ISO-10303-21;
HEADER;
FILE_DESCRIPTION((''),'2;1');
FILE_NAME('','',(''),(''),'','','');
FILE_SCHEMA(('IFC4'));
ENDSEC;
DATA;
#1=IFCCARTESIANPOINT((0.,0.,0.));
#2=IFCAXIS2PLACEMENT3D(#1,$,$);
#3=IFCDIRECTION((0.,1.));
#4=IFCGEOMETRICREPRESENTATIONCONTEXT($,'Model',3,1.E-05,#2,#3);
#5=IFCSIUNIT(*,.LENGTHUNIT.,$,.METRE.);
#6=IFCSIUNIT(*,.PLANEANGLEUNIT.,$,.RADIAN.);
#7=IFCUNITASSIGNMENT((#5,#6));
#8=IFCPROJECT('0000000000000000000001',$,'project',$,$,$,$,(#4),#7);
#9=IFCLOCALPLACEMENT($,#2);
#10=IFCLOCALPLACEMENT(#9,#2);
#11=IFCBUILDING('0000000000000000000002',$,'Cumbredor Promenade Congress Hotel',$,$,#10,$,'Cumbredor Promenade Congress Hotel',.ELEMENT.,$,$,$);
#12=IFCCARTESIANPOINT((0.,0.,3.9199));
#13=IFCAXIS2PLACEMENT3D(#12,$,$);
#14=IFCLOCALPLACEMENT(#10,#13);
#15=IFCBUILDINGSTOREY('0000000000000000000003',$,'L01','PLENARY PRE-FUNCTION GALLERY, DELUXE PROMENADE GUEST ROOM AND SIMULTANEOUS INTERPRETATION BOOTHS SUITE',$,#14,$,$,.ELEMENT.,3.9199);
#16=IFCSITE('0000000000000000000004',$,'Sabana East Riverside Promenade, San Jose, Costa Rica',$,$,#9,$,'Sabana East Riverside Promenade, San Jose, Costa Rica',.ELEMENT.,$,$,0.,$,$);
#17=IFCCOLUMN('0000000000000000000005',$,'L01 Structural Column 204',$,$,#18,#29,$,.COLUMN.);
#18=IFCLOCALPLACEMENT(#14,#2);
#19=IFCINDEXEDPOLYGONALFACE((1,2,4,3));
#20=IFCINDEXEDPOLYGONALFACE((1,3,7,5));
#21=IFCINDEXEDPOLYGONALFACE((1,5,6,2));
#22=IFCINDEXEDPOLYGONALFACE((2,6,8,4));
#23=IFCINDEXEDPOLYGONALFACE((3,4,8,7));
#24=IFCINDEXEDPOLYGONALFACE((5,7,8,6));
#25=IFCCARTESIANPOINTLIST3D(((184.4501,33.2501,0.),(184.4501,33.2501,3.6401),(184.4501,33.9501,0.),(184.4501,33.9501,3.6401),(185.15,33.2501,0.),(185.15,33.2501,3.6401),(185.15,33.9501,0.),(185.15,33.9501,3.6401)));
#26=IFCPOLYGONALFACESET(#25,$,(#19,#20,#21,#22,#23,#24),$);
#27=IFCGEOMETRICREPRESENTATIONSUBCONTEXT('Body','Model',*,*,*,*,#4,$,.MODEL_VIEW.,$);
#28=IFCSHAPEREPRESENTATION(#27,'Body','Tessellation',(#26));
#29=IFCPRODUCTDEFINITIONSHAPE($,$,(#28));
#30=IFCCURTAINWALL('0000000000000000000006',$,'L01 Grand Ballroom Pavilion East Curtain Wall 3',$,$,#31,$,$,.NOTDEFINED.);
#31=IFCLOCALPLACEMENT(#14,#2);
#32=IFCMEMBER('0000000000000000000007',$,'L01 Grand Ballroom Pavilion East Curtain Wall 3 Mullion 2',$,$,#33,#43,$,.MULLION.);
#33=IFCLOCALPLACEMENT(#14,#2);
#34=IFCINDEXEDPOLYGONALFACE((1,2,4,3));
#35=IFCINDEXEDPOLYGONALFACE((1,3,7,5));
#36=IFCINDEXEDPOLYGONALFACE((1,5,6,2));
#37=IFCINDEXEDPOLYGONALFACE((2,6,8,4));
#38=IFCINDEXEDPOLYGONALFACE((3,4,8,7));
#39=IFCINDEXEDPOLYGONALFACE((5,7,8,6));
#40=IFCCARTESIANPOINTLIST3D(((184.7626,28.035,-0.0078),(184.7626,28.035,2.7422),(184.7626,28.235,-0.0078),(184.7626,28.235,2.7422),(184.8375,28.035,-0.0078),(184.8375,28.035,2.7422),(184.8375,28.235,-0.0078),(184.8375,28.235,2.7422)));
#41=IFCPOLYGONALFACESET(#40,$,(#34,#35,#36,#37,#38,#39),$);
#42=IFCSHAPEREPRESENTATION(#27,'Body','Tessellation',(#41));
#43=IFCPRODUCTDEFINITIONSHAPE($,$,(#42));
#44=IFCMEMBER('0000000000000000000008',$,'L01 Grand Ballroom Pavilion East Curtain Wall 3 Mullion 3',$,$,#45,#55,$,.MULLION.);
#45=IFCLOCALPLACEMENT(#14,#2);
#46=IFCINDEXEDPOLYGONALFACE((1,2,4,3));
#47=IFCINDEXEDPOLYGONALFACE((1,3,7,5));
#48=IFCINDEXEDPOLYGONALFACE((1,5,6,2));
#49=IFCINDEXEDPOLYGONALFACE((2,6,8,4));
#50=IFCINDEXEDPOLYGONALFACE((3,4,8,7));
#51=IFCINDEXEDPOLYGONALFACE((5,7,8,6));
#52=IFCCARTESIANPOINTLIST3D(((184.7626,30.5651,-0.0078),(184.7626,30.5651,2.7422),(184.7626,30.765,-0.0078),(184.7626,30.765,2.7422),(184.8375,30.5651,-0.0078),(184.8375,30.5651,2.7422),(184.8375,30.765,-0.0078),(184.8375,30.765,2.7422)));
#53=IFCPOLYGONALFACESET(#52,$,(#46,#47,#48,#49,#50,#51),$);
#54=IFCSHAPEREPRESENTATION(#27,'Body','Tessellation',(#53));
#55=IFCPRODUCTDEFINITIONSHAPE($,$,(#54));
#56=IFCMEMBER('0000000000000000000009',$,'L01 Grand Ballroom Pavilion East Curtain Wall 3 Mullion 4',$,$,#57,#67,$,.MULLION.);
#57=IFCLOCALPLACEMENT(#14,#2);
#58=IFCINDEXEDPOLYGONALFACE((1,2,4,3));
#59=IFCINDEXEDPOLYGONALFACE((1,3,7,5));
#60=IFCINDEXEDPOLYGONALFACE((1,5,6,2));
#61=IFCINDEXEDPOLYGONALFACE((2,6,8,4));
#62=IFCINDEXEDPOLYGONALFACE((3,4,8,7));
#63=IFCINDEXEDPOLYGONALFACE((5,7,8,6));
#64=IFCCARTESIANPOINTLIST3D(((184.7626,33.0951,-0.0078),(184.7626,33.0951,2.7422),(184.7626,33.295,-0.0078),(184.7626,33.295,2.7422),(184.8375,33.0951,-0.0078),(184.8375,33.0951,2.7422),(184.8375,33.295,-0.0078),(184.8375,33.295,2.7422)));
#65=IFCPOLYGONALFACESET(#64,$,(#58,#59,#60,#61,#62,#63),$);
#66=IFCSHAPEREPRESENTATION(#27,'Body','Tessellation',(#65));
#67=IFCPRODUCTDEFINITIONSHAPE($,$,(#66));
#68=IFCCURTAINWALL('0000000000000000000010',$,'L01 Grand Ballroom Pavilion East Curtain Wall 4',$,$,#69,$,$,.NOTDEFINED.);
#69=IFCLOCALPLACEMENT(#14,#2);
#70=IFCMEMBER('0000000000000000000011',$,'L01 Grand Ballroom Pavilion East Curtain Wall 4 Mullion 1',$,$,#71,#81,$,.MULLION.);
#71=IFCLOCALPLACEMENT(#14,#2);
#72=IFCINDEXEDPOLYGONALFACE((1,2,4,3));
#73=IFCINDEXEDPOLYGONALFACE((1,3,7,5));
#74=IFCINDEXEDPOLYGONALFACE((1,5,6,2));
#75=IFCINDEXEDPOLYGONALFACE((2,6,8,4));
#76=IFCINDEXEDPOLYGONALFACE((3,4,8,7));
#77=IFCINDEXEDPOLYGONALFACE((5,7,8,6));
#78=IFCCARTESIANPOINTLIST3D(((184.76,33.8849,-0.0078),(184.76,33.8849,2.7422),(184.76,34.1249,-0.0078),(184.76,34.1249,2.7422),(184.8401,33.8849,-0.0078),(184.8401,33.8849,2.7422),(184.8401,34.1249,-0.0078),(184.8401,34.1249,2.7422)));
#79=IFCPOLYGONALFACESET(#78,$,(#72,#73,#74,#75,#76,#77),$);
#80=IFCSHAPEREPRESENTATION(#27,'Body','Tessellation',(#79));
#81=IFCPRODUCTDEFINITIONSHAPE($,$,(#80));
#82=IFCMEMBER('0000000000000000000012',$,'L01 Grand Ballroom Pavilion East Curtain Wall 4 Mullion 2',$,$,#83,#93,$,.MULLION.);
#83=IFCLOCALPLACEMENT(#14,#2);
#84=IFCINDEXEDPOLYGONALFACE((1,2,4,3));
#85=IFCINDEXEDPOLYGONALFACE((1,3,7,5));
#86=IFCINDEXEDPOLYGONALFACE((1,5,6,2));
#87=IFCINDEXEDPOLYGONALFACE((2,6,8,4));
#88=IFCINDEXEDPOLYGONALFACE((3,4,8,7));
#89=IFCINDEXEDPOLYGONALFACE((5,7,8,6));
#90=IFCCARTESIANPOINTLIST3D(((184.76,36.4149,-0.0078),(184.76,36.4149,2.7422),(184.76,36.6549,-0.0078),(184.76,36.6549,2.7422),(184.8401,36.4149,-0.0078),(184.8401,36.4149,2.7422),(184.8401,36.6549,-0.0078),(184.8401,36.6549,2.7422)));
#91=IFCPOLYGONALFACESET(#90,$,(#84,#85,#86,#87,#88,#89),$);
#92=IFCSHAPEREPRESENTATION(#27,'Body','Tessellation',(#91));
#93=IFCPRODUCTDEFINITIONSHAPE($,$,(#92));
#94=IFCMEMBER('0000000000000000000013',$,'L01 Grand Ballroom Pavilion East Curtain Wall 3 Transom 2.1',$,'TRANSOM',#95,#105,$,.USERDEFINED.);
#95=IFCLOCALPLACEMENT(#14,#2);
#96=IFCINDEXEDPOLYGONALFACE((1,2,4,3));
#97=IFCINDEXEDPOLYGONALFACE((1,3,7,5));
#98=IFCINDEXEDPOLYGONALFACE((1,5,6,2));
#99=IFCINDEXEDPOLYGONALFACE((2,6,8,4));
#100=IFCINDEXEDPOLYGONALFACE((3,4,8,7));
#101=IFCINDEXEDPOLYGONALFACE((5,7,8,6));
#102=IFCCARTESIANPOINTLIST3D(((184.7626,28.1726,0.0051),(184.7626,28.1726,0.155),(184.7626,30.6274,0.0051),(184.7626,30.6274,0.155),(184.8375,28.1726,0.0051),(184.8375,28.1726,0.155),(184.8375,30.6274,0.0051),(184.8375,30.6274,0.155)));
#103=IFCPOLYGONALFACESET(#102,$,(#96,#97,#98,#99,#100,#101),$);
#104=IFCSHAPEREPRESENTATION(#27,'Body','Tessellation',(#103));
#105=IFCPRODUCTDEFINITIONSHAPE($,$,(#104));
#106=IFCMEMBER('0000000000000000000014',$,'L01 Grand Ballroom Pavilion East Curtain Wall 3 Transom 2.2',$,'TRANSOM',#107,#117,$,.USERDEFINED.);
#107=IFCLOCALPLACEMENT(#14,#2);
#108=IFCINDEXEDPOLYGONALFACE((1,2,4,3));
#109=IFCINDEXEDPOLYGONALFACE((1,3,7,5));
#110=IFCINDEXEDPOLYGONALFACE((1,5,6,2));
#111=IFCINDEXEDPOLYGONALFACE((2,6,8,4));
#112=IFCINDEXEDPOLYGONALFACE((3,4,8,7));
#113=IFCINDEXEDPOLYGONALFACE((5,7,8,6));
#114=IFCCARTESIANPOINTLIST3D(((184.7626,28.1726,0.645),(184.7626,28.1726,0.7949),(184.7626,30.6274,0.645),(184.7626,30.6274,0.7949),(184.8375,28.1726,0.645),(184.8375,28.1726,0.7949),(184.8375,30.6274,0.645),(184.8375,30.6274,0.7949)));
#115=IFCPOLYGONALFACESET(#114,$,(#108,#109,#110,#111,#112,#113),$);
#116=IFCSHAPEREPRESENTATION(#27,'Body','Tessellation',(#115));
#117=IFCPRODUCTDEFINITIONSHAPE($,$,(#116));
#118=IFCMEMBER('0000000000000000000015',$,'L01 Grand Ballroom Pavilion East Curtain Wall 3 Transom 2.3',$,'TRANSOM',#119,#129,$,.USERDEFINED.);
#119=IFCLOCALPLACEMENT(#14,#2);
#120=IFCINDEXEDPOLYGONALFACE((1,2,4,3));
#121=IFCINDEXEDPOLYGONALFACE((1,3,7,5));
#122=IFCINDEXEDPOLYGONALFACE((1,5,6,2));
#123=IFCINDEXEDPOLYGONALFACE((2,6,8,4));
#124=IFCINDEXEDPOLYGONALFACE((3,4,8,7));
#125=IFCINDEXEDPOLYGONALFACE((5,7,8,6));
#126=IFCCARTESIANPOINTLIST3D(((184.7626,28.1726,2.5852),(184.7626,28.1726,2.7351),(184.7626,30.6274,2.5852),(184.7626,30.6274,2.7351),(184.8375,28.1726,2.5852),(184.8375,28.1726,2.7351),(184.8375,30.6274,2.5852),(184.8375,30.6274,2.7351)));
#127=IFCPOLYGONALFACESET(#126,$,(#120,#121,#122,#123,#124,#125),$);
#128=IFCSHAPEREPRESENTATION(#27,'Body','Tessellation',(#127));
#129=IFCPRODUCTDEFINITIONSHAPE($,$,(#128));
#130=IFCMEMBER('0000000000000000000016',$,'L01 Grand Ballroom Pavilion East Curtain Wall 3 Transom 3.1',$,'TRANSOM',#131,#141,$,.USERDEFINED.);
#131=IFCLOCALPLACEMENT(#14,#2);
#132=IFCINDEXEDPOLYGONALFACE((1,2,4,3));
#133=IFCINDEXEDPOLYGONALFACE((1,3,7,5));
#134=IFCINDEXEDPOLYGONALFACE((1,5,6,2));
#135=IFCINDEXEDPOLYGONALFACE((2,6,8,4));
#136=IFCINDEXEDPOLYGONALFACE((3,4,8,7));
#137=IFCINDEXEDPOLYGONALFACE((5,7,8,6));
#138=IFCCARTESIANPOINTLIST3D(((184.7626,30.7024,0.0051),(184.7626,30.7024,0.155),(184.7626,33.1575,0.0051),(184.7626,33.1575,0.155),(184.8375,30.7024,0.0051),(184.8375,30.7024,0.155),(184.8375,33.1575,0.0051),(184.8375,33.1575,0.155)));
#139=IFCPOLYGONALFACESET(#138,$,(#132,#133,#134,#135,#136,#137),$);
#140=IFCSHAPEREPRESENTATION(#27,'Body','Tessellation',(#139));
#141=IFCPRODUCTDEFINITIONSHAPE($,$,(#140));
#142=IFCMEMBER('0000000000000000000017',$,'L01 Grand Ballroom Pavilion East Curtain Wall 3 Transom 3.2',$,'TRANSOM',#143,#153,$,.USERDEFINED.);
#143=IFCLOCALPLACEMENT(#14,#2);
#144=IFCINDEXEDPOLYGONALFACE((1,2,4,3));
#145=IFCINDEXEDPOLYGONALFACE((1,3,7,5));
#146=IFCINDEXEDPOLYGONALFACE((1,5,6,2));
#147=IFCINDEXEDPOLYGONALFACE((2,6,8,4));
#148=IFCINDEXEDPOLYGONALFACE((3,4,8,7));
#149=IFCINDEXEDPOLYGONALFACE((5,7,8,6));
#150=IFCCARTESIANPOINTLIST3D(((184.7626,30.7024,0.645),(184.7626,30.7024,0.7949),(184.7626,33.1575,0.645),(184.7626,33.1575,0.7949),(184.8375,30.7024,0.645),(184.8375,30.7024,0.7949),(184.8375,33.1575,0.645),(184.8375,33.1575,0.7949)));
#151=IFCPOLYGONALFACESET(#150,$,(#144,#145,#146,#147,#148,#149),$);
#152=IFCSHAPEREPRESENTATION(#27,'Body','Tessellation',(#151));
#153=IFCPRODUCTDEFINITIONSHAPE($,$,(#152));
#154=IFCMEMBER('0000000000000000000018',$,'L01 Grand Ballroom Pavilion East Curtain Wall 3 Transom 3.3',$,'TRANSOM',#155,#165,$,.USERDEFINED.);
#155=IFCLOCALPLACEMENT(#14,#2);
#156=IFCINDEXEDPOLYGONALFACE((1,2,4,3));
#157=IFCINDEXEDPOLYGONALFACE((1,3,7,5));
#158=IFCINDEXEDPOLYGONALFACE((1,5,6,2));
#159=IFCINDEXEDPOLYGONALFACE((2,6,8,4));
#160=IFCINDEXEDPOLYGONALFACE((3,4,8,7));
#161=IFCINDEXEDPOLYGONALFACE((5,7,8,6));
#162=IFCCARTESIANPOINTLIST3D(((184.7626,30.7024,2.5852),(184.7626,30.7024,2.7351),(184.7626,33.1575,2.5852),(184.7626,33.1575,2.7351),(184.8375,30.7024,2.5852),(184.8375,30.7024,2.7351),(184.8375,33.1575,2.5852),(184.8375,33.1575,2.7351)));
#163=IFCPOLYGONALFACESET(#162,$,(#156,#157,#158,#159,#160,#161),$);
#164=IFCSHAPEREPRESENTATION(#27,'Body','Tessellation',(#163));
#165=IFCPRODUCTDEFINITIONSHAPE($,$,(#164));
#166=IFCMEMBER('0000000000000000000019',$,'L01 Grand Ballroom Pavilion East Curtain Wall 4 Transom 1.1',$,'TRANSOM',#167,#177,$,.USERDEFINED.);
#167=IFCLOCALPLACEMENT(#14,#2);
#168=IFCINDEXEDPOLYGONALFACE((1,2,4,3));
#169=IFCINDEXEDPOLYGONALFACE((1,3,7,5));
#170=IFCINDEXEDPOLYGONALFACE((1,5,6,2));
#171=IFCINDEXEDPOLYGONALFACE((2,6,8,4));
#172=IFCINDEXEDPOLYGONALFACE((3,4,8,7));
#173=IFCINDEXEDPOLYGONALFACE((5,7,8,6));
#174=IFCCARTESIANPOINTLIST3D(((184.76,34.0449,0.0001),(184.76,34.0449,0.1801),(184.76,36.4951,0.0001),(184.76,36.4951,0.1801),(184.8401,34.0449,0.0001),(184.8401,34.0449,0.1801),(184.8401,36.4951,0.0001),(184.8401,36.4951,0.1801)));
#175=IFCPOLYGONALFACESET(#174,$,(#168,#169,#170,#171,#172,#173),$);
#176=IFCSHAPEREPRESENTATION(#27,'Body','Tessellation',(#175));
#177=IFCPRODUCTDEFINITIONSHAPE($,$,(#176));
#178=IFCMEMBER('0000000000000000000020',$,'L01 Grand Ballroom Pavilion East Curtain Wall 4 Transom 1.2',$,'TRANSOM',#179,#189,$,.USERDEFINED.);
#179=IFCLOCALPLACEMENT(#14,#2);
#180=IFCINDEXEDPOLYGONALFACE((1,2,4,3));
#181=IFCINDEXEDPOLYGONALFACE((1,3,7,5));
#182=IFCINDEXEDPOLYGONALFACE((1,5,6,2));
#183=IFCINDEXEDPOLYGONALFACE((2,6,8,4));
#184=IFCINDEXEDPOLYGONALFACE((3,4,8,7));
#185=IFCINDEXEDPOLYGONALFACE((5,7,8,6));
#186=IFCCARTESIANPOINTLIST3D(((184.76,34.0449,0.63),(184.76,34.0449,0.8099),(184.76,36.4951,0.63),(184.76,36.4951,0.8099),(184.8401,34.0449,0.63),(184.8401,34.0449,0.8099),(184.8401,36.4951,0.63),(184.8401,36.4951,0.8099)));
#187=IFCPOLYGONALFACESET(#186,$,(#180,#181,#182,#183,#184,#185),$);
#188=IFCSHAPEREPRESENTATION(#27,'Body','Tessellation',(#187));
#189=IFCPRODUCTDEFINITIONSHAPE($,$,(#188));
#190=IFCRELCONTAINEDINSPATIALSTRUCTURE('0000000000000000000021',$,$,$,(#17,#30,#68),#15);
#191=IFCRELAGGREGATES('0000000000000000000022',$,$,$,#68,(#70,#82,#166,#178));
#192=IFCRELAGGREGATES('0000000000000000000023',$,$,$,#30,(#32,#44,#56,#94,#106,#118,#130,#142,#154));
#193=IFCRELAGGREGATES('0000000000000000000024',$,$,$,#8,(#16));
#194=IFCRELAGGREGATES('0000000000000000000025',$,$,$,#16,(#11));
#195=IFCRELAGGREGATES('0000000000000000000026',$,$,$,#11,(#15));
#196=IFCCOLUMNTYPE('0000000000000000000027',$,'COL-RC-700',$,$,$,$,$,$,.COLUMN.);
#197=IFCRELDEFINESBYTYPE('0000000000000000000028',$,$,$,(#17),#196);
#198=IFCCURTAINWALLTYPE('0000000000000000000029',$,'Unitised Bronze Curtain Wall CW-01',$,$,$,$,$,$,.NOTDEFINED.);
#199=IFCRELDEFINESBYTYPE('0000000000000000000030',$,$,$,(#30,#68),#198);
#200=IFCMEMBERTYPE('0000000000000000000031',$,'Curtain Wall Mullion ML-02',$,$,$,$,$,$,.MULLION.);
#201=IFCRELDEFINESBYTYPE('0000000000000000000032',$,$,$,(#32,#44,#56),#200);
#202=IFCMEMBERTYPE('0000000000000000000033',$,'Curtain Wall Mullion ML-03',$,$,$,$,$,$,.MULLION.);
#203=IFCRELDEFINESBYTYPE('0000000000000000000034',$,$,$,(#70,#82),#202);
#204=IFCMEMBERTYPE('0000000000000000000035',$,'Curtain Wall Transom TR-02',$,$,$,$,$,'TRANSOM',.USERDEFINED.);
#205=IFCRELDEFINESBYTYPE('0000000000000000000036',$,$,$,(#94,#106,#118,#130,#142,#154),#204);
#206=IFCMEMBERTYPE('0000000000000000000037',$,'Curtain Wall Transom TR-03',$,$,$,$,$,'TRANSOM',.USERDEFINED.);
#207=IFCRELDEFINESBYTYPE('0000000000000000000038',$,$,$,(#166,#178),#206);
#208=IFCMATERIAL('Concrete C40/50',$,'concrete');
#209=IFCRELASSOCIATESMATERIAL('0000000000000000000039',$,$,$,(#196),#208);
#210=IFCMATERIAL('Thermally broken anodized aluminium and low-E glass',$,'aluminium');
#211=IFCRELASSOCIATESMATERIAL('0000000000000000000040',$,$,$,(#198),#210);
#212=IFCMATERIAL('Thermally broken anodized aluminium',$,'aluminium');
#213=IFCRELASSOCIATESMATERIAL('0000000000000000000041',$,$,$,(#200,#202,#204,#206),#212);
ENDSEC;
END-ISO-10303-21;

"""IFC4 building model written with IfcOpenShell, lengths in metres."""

from ifc_helpers import new_model, si_unit, direction, frame, origin, origin_2d, place, context, subcontext, project, spatial, rectangle, extrude, material, material_profile, profile_set, type_object, element, aggregate, save


model = new_model("IFC4")

# Units and contexts
model_context = context("Model", 3, precision=1e-05, world=origin(), true_north=direction((0.0, 1.0)))
body_context = subcontext(model_context, "Body", "Model", "MODEL_VIEW")
ifc_project = project(units=[si_unit("LENGTHUNIT", "METRE"), si_unit("PLANEANGLEUNIT", "RADIAN")], contexts=[model_context])

# Site, building, storey
site_placement = place(None, origin())
site = spatial("IfcSite", under=ifc_project, at=site_placement, Name="Sabana East Riverside Promenade, San Jose, Costa Rica", LongName="Sabana East Riverside Promenade, San Jose, Costa Rica", CompositionType="ELEMENT", RefElevation=0.0)
building_placement = place(site_placement, origin())
building = spatial("IfcBuilding", under=site, at=building_placement, Name="Cumbredor Promenade Congress Hotel", LongName="Cumbredor Promenade Congress Hotel", CompositionType="ELEMENT")
storey_placement = place(building_placement, frame((0.0, 0.0, 3.9199)))
storey = spatial("IfcBuildingStorey", under=building, at=storey_placement, Name="L01", Description="PLENARY PRE-FUNCTION GALLERY, DELUXE PROMENADE GUEST ROOM AND SIMULTANEOUS INTERPRETATION BOOTHS SUITE", CompositionType="ELEMENT", Elevation=3.9199)

# Column
ifc_material_1 = material(Name="Concrete C40/50", Category="concrete")
ifc_material_profile_1 = material_profile(ifc_material_1, rectangle(XDim=0.7, YDim=0.7, at=origin_2d()), Name="RC 700x700")
ifc_profile_set_1 = profile_set([ifc_material_profile_1], Name="Concrete C40/50")
column_type = type_object("IfcColumnType", Name="COL-RC-700", PredefinedType="COLUMN", material=ifc_profile_set_1)
column_placement = place(storey_placement, frame((184.8, 33.6001, 0.0), z_axis=(0.0, 0.0, 1.0), x_axis=(1.0, 0.0, 0.0)))
element("IfcColumn", 1, at=column_placement, inside=storey, type_object=column_type, Name="L01 Structural Column 204", PredefinedType="COLUMN", context=body_context, shape_type="SweptSolid", body=[
    extrude(rectangle(XDim=0.7, YDim=0.7, at=origin_2d()), origin(), (0.0, 0.0, 1.0), 3.6401),
])

# Curtain walls, members
ifc_material_2 = material(Name="Thermally broken anodized aluminium and low-E glass", Category="aluminium")
curtain_wall_type = type_object("IfcCurtainWallType", Name="Unitised Bronze Curtain Wall CW-01", PredefinedType="NOTDEFINED", material=ifc_material_2)
curtain_wall_1_placement = place(storey_placement, origin())
curtain_wall_1 = element("IfcCurtainWall", 2, at=curtain_wall_1_placement, inside=storey, type_object=curtain_wall_type, Name="L01 Grand Ballroom Pavilion East Curtain Wall 3", PredefinedType="NOTDEFINED")
ifc_material_3 = material(Name="Thermally broken anodized aluminium", Category="aluminium")
ifc_material_profile_2 = material_profile(ifc_material_3, rectangle(XDim=0.075, YDim=0.2, at=origin_2d()), Name="ALU MULLION 75x200")
ifc_profile_set_2 = profile_set([ifc_material_profile_2], Name="Thermally broken anodized aluminium")
member_type_1 = type_object("IfcMemberType", Name="Curtain Wall Mullion ML-02", PredefinedType="MULLION", material=ifc_profile_set_2)
member_1_placement = place(storey_placement, frame((184.8, 28.135, -0.0078), z_axis=(0.0, 0.0, 1.0), x_axis=(1.0, 0.0, 0.0)))
member_1 = element("IfcMember", 3, at=member_1_placement, type_object=member_type_1, Name="L01 Grand Ballroom Pavilion East Curtain Wall 3 Mullion 2", PredefinedType="MULLION", context=body_context, shape_type="SweptSolid", body=[
    extrude(rectangle(XDim=0.075, YDim=0.2, at=origin_2d()), origin(), (0.0, 0.0, 1.0), 2.75),
])
member_2_placement = place(storey_placement, frame((184.8, 30.665, -0.0078), z_axis=(0.0, 0.0, 1.0), x_axis=(1.0, 0.0, 0.0)))
member_2 = element("IfcMember", 4, at=member_2_placement, type_object=member_type_1, Name="L01 Grand Ballroom Pavilion East Curtain Wall 3 Mullion 3", PredefinedType="MULLION", context=body_context, shape_type="SweptSolid", body=[
    extrude(rectangle(XDim=0.075, YDim=0.2, at=origin_2d()), origin(), (0.0, 0.0, 1.0), 2.75),
])
member_3_placement = place(storey_placement, frame((184.8, 33.1951, -0.0078), z_axis=(0.0, 0.0, 1.0), x_axis=(1.0, 0.0, 0.0)))
member_3 = element("IfcMember", 5, at=member_3_placement, type_object=member_type_1, Name="L01 Grand Ballroom Pavilion East Curtain Wall 3 Mullion 4", PredefinedType="MULLION", context=body_context, shape_type="SweptSolid", body=[
    extrude(rectangle(XDim=0.075, YDim=0.2, at=origin_2d()), origin(), (0.0, 0.0, 1.0), 2.75),
])
curtain_wall_2_placement = place(storey_placement, origin())
curtain_wall_2 = element("IfcCurtainWall", 6, at=curtain_wall_2_placement, inside=storey, type_object=curtain_wall_type, Name="L01 Grand Ballroom Pavilion East Curtain Wall 4", PredefinedType="NOTDEFINED")
ifc_material_profile_3 = material_profile(ifc_material_3, rectangle(XDim=0.0801, YDim=0.24, at=origin_2d()), Name="ALU MULLION 80x240")
ifc_profile_set_3 = profile_set([ifc_material_profile_3], Name="Thermally broken anodized aluminium")
member_type_2 = type_object("IfcMemberType", Name="Curtain Wall Mullion ML-03", PredefinedType="MULLION", material=ifc_profile_set_3)
member_4_placement = place(storey_placement, frame((184.8, 34.0049, -0.0078), z_axis=(0.0, 0.0, 1.0), x_axis=(1.0, 0.0, 0.0)))
member_4 = element("IfcMember", 7, at=member_4_placement, type_object=member_type_2, Name="L01 Grand Ballroom Pavilion East Curtain Wall 4 Mullion 1", PredefinedType="MULLION", context=body_context, shape_type="SweptSolid", body=[
    extrude(rectangle(XDim=0.0801, YDim=0.24, at=origin_2d()), origin(), (0.0, 0.0, 1.0), 2.75),
])
member_5_placement = place(storey_placement, frame((184.8, 36.5349, -0.0078), z_axis=(0.0, 0.0, 1.0), x_axis=(1.0, 0.0, 0.0)))
member_5 = element("IfcMember", 8, at=member_5_placement, type_object=member_type_2, Name="L01 Grand Ballroom Pavilion East Curtain Wall 4 Mullion 2", PredefinedType="MULLION", context=body_context, shape_type="SweptSolid", body=[
    extrude(rectangle(XDim=0.0801, YDim=0.24, at=origin_2d()), origin(), (0.0, 0.0, 1.0), 2.75),
])

# Members
ifc_material_profile_4 = material_profile(ifc_material_3, rectangle(XDim=0.075, YDim=0.1499, at=origin_2d()), Name="ALU TRANSOM 75x150")
ifc_profile_set_4 = profile_set([ifc_material_profile_4], Name="Thermally broken anodized aluminium")
member_type_3 = type_object("IfcMemberType", Name="Curtain Wall Transom TR-02", ElementType="TRANSOM", PredefinedType="USERDEFINED", material=ifc_profile_set_4)
member_6_placement = place(storey_placement, frame((184.8, 28.1726, 0.0801), z_axis=(0.0, 1.0, 0.0), x_axis=(-1.0, 0.0, 0.0)))
member_6 = element("IfcMember", 9, at=member_6_placement, type_object=member_type_3, Name="L01 Grand Ballroom Pavilion East Curtain Wall 3 Transom 2.1", ObjectType="TRANSOM", PredefinedType="USERDEFINED", context=body_context, shape_type="SweptSolid", body=[
    extrude(rectangle(XDim=0.075, YDim=0.1499, at=origin_2d()), origin(), (0.0, 0.0, 1.0), 2.4548),
])
member_7_placement = place(storey_placement, frame((184.8, 28.1726, 0.72), z_axis=(0.0, 1.0, 0.0), x_axis=(-1.0, 0.0, 0.0)))
member_7 = element("IfcMember", 10, at=member_7_placement, type_object=member_type_3, Name="L01 Grand Ballroom Pavilion East Curtain Wall 3 Transom 2.2", ObjectType="TRANSOM", PredefinedType="USERDEFINED", context=body_context, shape_type="SweptSolid", body=[
    extrude(rectangle(XDim=0.075, YDim=0.1499, at=origin_2d()), origin(), (0.0, 0.0, 1.0), 2.4548),
])
member_8_placement = place(storey_placement, frame((184.8, 28.1726, 2.6602), z_axis=(0.0, 1.0, 0.0), x_axis=(-1.0, 0.0, 0.0)))
member_8 = element("IfcMember", 11, at=member_8_placement, type_object=member_type_3, Name="L01 Grand Ballroom Pavilion East Curtain Wall 3 Transom 2.3", ObjectType="TRANSOM", PredefinedType="USERDEFINED", context=body_context, shape_type="SweptSolid", body=[
    extrude(rectangle(XDim=0.075, YDim=0.1499, at=origin_2d()), origin(), (0.0, 0.0, 1.0), 2.4548),
])
member_9_placement = place(storey_placement, frame((184.8, 30.7024, 0.0801), z_axis=(0.0, 1.0, 0.0), x_axis=(-1.0, 0.0, 0.0)))
member_9 = element("IfcMember", 12, at=member_9_placement, type_object=member_type_3, Name="L01 Grand Ballroom Pavilion East Curtain Wall 3 Transom 3.1", ObjectType="TRANSOM", PredefinedType="USERDEFINED", context=body_context, shape_type="SweptSolid", body=[
    extrude(rectangle(XDim=0.075, YDim=0.1499, at=origin_2d()), origin(), (0.0, 0.0, 1.0), 2.4551),
])
member_10_placement = place(storey_placement, frame((184.8, 30.7024, 0.72), z_axis=(0.0, 1.0, 0.0), x_axis=(-1.0, 0.0, 0.0)))
member_10 = element("IfcMember", 13, at=member_10_placement, type_object=member_type_3, Name="L01 Grand Ballroom Pavilion East Curtain Wall 3 Transom 3.2", ObjectType="TRANSOM", PredefinedType="USERDEFINED", context=body_context, shape_type="SweptSolid", body=[
    extrude(rectangle(XDim=0.075, YDim=0.1499, at=origin_2d()), origin(), (0.0, 0.0, 1.0), 2.4551),
])
member_11_placement = place(storey_placement, frame((184.8, 30.7024, 2.6602), z_axis=(0.0, 1.0, 0.0), x_axis=(-1.0, 0.0, 0.0)))
member_11 = element("IfcMember", 14, at=member_11_placement, type_object=member_type_3, Name="L01 Grand Ballroom Pavilion East Curtain Wall 3 Transom 3.3", ObjectType="TRANSOM", PredefinedType="USERDEFINED", context=body_context, shape_type="SweptSolid", body=[
    extrude(rectangle(XDim=0.075, YDim=0.1499, at=origin_2d()), origin(), (0.0, 0.0, 1.0), 2.4551),
])
ifc_material_profile_5 = material_profile(ifc_material_3, rectangle(XDim=0.0801, YDim=0.1799, at=origin_2d()), Name="ALU TRANSOM 80x180")
ifc_profile_set_5 = profile_set([ifc_material_profile_5], Name="Thermally broken anodized aluminium")
member_type_4 = type_object("IfcMemberType", Name="Curtain Wall Transom TR-03", ElementType="TRANSOM", PredefinedType="USERDEFINED", material=ifc_profile_set_5)
member_12_placement = place(storey_placement, frame((184.8, 34.0449, 0.0901), z_axis=(0.0, 1.0, 0.0), x_axis=(-1.0, 0.0, 0.0)))
member_12 = element("IfcMember", 15, at=member_12_placement, type_object=member_type_4, Name="L01 Grand Ballroom Pavilion East Curtain Wall 4 Transom 1.1", ObjectType="TRANSOM", PredefinedType="USERDEFINED", context=body_context, shape_type="SweptSolid", body=[
    extrude(rectangle(XDim=0.0801, YDim=0.1799, at=origin_2d()), origin(), (0.0, 0.0, 1.0), 2.4502),
])
member_13_placement = place(storey_placement, frame((184.8, 34.0449, 0.72), z_axis=(0.0, 1.0, 0.0), x_axis=(-1.0, 0.0, 0.0)))
member_13 = element("IfcMember", 16, at=member_13_placement, type_object=member_type_4, Name="L01 Grand Ballroom Pavilion East Curtain Wall 4 Transom 1.2", ObjectType="TRANSOM", PredefinedType="USERDEFINED", context=body_context, shape_type="SweptSolid", body=[
    extrude(rectangle(XDim=0.0801, YDim=0.1799, at=origin_2d()), origin(), (0.0, 0.0, 1.0), 2.4502),
])

aggregate(curtain_wall_2, [member_4, member_5, member_12, member_13])
aggregate(curtain_wall_1, [member_1, member_2, member_3, member_6, member_7, member_8, member_9, member_10, member_11])

save(model, "model.ifc")
